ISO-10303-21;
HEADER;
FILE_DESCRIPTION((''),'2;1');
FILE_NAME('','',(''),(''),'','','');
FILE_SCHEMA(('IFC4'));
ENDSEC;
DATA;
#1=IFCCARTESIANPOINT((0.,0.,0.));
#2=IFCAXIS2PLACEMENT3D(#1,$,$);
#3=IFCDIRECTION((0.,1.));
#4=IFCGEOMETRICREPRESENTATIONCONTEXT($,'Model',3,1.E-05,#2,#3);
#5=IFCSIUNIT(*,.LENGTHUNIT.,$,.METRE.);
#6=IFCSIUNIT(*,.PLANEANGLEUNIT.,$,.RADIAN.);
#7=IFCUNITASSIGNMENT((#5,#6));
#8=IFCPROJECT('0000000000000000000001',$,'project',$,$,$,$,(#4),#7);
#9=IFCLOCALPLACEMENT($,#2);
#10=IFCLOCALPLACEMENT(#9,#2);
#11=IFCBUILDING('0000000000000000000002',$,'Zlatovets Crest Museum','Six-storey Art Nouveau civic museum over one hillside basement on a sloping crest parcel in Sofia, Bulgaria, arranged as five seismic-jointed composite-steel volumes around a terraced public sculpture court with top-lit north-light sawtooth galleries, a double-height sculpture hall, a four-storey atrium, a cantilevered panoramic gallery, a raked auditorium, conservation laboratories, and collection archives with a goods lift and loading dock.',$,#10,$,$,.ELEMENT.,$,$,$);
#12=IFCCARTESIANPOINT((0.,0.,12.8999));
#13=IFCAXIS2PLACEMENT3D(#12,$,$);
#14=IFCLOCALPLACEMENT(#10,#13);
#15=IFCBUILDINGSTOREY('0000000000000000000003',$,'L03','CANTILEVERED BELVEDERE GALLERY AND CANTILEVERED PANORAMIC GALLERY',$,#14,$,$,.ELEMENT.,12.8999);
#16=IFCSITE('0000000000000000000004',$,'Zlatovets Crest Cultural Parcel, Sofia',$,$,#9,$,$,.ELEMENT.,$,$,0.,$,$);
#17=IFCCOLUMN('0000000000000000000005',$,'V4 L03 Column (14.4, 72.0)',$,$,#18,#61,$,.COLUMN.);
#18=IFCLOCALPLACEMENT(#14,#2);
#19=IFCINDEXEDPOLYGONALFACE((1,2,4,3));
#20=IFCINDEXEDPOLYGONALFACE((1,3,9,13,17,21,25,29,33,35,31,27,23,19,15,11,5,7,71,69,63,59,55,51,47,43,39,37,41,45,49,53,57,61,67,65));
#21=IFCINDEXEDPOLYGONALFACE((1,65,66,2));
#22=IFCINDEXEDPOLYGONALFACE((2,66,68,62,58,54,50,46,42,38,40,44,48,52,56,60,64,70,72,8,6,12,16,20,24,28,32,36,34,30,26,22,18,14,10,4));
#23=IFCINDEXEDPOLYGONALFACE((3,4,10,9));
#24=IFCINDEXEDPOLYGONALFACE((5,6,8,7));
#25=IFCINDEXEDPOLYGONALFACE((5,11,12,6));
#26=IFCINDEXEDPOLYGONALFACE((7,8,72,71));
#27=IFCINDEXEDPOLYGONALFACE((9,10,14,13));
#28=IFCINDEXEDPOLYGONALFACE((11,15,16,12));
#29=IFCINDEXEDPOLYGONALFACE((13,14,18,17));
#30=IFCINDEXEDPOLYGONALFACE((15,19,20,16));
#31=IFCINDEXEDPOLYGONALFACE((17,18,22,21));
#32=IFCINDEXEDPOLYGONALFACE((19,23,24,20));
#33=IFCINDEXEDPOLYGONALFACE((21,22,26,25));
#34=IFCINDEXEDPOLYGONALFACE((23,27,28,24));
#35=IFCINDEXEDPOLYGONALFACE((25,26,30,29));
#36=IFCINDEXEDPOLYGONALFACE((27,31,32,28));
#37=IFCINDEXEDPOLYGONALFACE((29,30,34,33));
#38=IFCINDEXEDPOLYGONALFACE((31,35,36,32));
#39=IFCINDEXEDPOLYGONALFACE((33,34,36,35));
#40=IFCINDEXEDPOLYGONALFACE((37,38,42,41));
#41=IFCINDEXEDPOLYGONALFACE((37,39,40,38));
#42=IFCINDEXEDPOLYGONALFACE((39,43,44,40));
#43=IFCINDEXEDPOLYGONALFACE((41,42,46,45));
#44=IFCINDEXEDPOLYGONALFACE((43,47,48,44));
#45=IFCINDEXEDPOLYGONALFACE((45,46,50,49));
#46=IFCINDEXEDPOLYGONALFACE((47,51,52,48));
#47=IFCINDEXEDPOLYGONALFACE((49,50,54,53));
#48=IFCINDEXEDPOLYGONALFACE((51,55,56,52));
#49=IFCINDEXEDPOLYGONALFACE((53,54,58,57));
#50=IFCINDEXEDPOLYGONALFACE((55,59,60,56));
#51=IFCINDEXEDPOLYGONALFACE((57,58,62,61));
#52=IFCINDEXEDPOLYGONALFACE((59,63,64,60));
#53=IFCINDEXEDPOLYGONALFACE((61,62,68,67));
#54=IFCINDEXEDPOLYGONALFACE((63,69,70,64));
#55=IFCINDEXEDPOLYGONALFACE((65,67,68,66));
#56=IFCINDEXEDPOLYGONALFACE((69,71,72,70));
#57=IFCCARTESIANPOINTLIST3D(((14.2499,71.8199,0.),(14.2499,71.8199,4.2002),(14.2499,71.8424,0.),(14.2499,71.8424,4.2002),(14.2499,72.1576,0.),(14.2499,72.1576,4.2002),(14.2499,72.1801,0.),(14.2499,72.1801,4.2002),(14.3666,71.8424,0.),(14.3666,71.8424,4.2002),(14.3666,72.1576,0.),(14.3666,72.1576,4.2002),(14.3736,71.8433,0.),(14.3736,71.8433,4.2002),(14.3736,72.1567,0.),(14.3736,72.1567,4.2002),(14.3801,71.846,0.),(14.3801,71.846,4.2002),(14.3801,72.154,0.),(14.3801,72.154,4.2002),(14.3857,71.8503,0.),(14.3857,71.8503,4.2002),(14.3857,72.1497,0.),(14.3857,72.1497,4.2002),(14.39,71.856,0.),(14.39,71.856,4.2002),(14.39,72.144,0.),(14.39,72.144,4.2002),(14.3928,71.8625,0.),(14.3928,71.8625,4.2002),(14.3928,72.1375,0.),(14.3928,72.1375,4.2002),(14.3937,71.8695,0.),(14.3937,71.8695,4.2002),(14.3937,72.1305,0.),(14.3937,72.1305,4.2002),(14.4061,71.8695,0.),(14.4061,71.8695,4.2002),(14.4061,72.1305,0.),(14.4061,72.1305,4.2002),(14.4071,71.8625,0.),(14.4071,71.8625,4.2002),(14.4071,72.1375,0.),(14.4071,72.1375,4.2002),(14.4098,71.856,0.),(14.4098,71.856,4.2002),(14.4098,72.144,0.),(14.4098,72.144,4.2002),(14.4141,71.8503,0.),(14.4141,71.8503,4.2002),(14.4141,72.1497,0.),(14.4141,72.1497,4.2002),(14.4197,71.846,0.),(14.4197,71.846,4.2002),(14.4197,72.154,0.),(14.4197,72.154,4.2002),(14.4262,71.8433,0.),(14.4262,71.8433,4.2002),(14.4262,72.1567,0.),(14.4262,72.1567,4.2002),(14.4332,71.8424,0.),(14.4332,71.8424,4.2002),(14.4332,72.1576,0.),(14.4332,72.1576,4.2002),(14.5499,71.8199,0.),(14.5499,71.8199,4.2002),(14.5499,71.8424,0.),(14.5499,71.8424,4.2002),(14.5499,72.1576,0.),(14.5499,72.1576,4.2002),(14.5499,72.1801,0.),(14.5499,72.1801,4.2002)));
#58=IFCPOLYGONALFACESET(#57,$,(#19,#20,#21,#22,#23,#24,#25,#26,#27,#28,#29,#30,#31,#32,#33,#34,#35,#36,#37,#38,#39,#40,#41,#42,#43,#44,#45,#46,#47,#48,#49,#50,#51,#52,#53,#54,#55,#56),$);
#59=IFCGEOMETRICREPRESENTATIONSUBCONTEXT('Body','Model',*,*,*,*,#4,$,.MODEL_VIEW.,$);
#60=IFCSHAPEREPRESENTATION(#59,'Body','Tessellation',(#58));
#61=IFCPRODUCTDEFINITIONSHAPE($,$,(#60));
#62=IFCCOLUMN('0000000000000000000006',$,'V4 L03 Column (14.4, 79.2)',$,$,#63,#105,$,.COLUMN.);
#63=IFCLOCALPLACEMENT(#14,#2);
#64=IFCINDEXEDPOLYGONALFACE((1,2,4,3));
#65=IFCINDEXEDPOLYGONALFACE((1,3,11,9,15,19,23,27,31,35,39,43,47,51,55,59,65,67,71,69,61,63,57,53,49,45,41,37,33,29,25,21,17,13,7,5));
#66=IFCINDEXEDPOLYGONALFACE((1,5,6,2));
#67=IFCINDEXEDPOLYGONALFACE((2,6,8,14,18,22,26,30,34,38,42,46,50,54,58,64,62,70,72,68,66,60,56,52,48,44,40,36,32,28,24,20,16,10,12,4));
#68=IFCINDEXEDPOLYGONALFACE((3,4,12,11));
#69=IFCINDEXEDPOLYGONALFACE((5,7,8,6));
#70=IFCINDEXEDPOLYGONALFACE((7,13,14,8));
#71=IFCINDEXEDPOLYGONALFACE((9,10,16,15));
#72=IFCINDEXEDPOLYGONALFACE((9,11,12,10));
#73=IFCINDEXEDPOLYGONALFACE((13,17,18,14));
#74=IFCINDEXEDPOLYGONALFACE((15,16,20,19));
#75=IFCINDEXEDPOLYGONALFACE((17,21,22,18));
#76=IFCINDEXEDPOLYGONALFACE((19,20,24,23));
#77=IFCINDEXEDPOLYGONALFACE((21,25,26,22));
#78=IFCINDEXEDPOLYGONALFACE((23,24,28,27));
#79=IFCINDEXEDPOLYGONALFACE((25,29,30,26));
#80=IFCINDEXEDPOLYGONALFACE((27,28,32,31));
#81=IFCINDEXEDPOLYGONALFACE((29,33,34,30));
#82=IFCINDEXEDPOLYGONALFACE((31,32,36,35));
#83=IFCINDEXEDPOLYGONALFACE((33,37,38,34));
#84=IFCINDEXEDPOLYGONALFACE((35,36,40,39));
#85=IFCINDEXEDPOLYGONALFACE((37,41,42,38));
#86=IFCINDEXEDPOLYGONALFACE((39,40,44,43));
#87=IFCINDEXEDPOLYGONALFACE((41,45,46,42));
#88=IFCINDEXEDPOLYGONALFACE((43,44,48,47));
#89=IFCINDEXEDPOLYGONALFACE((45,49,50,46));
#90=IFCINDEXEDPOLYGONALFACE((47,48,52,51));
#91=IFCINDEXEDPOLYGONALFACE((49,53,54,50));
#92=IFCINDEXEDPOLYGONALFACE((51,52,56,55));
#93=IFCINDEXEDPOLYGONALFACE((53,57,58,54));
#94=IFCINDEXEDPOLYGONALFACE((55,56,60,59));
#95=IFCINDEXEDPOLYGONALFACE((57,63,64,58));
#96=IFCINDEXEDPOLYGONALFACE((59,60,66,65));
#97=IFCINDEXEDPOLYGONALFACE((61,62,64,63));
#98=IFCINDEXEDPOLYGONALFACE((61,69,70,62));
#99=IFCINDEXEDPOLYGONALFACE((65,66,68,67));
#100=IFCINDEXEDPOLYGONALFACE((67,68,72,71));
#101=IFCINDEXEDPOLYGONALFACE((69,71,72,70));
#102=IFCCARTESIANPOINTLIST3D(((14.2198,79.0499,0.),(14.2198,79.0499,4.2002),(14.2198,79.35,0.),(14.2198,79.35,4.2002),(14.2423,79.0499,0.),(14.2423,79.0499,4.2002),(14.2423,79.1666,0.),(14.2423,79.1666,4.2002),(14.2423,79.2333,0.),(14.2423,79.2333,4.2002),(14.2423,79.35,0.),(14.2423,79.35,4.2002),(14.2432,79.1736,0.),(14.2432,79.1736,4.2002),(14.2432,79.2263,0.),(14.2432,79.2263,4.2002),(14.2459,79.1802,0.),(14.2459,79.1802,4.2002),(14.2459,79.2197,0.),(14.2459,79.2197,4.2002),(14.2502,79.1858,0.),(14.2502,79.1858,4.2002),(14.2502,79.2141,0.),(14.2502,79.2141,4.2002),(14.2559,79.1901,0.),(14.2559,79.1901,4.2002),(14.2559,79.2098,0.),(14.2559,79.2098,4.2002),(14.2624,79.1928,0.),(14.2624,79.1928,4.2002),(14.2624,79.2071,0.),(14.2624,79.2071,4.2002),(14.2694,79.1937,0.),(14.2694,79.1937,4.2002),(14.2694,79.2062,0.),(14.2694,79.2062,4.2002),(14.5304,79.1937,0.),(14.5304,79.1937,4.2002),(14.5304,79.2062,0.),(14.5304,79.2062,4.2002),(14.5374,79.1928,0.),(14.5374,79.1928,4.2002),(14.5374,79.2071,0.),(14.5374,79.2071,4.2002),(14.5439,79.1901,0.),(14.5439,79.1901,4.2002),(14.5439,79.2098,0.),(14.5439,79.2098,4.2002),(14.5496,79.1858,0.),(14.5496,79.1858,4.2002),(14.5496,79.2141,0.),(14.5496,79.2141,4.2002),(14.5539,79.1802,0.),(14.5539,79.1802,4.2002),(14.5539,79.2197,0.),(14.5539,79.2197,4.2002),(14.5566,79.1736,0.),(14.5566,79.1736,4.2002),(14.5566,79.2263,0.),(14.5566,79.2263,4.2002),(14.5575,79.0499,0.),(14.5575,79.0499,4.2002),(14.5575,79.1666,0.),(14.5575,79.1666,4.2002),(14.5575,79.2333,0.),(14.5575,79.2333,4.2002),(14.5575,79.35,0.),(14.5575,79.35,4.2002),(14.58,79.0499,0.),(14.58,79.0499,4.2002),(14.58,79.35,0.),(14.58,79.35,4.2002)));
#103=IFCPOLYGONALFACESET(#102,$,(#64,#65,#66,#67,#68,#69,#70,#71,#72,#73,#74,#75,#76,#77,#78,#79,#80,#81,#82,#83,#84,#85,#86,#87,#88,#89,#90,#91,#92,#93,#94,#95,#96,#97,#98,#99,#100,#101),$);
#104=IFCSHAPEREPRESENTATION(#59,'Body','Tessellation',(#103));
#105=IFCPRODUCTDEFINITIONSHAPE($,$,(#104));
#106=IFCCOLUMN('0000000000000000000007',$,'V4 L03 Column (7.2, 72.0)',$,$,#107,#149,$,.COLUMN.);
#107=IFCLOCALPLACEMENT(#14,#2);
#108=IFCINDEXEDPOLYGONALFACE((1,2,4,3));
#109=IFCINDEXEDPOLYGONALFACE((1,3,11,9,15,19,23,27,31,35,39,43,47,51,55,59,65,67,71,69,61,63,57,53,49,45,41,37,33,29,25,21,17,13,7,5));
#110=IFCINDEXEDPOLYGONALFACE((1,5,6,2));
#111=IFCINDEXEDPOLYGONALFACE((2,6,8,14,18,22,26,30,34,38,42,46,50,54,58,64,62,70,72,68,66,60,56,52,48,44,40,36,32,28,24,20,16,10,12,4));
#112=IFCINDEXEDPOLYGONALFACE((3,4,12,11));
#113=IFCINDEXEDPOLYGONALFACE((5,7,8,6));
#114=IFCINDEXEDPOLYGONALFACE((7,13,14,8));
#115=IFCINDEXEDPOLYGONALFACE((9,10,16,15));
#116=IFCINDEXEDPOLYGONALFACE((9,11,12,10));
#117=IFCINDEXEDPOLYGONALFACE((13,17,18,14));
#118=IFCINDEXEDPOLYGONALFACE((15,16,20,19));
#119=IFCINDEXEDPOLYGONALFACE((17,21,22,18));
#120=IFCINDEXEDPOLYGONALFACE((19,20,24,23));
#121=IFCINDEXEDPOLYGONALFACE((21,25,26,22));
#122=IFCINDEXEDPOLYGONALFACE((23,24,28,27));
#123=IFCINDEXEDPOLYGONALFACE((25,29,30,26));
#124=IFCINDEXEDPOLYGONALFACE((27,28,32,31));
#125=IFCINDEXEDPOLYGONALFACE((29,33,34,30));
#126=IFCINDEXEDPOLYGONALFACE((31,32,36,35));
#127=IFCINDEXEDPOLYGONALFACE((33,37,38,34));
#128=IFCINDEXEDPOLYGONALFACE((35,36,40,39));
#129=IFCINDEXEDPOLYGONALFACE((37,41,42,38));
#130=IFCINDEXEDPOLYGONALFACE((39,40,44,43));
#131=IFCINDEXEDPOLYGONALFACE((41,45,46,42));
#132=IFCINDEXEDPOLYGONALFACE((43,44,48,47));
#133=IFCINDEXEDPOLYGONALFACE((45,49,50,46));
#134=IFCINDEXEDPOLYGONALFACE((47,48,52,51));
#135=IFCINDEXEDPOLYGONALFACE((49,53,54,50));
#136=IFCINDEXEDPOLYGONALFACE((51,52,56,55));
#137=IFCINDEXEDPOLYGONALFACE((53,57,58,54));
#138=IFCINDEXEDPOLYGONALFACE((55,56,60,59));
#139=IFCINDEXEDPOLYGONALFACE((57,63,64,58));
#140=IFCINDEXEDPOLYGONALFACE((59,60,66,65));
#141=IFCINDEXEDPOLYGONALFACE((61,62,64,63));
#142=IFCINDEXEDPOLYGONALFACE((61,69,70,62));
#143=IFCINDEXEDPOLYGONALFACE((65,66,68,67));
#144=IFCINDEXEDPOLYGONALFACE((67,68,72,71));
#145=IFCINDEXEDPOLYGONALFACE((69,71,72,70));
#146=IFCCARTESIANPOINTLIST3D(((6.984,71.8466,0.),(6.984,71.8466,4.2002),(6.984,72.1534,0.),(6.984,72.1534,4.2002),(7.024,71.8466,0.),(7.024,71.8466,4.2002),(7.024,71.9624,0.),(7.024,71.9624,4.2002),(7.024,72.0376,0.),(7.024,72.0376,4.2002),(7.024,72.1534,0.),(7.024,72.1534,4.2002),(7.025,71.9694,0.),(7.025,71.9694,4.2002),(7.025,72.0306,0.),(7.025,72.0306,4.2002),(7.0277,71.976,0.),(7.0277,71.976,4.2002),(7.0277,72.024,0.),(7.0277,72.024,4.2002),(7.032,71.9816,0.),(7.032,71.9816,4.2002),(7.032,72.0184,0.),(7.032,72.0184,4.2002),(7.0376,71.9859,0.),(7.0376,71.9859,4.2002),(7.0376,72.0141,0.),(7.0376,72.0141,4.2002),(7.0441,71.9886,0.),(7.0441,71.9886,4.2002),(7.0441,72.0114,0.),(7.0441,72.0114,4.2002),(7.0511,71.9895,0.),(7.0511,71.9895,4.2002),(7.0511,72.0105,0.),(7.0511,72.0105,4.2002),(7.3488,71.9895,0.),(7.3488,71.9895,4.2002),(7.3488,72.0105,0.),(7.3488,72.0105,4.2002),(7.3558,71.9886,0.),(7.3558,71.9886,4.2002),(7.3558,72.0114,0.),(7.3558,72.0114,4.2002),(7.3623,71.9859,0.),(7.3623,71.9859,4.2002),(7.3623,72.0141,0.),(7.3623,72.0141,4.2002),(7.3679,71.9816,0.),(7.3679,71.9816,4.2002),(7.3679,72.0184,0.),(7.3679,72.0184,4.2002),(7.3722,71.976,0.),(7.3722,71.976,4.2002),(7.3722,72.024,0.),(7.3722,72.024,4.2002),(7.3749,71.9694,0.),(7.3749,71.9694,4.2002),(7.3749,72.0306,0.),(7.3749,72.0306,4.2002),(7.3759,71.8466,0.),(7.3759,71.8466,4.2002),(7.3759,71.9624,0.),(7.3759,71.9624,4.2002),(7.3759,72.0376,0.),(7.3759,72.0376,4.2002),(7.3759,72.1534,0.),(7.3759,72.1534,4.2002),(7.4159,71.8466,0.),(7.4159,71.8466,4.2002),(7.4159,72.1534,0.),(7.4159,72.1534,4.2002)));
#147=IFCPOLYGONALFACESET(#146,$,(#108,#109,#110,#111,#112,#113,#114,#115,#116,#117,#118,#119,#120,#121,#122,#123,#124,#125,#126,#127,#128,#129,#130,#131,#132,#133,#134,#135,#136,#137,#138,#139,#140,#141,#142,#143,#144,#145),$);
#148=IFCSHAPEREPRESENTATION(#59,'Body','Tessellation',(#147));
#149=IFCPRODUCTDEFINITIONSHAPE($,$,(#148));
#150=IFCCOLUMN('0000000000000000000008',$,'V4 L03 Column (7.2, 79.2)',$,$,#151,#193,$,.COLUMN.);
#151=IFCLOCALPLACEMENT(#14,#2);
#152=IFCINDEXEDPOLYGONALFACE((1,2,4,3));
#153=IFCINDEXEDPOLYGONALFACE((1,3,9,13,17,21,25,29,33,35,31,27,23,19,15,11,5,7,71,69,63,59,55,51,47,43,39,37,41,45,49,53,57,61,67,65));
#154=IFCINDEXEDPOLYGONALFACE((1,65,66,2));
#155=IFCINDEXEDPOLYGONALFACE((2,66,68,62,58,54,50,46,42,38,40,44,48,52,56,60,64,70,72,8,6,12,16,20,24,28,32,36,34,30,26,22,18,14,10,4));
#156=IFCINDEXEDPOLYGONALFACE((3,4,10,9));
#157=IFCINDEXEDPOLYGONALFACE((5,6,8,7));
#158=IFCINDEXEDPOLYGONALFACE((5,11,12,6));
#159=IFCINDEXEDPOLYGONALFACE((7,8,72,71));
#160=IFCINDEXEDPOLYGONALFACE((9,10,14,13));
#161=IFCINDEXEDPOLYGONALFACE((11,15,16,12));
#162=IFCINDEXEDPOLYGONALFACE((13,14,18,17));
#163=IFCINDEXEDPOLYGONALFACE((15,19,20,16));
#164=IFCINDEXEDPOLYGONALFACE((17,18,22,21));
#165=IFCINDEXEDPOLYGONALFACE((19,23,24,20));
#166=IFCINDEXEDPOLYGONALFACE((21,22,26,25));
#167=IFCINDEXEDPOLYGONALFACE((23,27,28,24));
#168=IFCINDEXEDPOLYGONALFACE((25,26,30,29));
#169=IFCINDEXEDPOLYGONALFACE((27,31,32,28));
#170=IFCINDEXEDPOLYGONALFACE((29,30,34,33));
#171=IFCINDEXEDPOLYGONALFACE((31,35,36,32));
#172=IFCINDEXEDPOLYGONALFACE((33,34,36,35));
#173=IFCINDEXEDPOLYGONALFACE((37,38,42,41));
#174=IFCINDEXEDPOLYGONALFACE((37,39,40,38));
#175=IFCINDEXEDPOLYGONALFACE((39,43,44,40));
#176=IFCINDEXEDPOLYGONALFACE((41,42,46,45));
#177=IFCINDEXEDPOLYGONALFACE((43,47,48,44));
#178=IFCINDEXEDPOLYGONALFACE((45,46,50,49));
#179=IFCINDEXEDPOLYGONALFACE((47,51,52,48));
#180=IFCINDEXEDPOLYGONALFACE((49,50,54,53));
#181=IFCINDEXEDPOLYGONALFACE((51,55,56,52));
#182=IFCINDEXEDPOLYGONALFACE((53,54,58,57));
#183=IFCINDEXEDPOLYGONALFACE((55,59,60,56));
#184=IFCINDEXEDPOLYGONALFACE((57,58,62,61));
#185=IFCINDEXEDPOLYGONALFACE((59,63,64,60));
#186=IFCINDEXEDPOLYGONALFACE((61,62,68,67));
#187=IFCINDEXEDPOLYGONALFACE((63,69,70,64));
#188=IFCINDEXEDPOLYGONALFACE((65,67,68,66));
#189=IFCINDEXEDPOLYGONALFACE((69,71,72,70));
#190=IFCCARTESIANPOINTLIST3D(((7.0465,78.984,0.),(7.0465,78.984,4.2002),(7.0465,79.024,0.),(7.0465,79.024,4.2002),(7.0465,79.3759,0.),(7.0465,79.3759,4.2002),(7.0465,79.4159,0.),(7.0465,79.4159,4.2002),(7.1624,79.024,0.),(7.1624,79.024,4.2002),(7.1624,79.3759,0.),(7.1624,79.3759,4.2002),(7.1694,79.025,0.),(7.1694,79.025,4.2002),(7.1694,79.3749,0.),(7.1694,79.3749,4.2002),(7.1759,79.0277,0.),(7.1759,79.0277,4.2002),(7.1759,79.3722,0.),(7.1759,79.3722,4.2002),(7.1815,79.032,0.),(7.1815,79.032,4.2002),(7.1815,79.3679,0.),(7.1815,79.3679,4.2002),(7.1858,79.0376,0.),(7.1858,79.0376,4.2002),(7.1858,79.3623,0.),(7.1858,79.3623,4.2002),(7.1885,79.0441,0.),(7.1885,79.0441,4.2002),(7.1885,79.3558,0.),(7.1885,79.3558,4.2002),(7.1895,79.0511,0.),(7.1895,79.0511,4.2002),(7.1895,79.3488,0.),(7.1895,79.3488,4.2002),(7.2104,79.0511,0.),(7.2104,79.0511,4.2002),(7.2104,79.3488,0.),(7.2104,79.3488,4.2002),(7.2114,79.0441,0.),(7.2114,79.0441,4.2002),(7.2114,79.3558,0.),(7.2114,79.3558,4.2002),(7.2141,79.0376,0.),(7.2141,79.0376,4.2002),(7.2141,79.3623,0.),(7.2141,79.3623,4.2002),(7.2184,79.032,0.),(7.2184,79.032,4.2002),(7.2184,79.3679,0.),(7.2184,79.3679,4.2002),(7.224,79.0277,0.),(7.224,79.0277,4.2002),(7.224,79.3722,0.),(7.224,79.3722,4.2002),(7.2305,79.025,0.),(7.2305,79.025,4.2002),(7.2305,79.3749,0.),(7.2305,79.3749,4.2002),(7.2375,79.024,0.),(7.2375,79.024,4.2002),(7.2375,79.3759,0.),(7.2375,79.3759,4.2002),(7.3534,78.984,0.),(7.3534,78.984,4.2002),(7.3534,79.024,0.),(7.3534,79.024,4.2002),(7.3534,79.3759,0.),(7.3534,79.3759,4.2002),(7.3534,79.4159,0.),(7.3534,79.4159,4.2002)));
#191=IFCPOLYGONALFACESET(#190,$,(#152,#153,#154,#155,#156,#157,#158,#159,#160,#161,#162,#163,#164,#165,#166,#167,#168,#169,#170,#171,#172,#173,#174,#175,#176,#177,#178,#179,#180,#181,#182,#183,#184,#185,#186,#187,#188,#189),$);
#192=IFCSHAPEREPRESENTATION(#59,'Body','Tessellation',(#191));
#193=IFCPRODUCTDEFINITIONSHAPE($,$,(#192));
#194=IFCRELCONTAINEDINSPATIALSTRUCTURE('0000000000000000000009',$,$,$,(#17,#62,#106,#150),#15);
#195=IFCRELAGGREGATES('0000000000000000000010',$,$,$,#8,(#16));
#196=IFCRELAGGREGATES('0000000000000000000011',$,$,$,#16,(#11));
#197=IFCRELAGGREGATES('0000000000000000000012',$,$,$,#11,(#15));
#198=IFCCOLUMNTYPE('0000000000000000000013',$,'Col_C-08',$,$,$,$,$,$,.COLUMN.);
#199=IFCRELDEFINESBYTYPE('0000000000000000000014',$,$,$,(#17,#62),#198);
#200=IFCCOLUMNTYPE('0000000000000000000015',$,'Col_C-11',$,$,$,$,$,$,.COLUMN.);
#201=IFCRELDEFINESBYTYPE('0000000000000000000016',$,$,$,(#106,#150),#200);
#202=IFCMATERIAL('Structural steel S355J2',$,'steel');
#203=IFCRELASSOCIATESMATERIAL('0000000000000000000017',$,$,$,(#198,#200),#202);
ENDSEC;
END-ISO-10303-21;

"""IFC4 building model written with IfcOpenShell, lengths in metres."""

from ifc_helpers import new_model, si_unit, direction, frame, origin, origin_2d, place, context, subcontext, project, spatial, i_section, extrude, material, material_profile, profile_set, type_object, element, save


model = new_model("IFC4")

# Units and contexts
model_context = context("Model", 3, precision=1e-05, world=origin(), true_north=direction((0.0, 1.0)))
body_context = subcontext(model_context, "Body", "Model", "MODEL_VIEW")
ifc_project = project(units=[si_unit("LENGTHUNIT", "METRE"), si_unit("PLANEANGLEUNIT", "RADIAN")], contexts=[model_context])

# Site, building, storey
site_placement = place(None, origin())
site = spatial("IfcSite", under=ifc_project, at=site_placement, Name="Zlatovets Crest Cultural Parcel, Sofia", CompositionType="ELEMENT", RefElevation=0.0)
building_placement = place(site_placement, origin())
building = spatial("IfcBuilding", under=site, at=building_placement, Name="Zlatovets Crest Museum", Description="Six-storey Art Nouveau civic museum over one hillside basement on a sloping crest parcel in Sofia, Bulgaria, arranged as five seismic-jointed composite-steel volumes around a terraced public sculpture court with top-lit north-light sawtooth galleries, a double-height sculpture hall, a four-storey atrium, a cantilevered panoramic gallery, a raked auditorium, conservation laboratories, and collection archives with a goods lift and loading dock.", CompositionType="ELEMENT")
storey_placement = place(building_placement, frame((0.0, 0.0, 12.8999)))
storey = spatial("IfcBuildingStorey", under=building, at=storey_placement, Name="L03", Description="CANTILEVERED BELVEDERE GALLERY AND CANTILEVERED PANORAMIC GALLERY", CompositionType="ELEMENT", Elevation=12.8999)

# Columns
ifc_material = material(Name="Structural steel S355J2", Category="steel")
ifc_material_profile_1 = material_profile(ifc_material, i_section(OverallWidth=0.3, OverallDepth=0.3601, WebThickness=0.0125, FlangeThickness=0.0225, FilletRadius=0.0271, at=origin_2d()), Name="HEB 360")
ifc_profile_set_1 = profile_set([ifc_material_profile_1], Name="Structural steel S355J2")
column_type_1 = type_object("IfcColumnType", Name="Col_C-08", PredefinedType="COLUMN", material=ifc_profile_set_1)
for number, where, z_axis, x_axis, name in (
    (1, (14.3999, 72.0, 0.0), (0.0, 0.0, 1.0), (1.0, 0.0, 0.0), "V4 L03 Column (14.4, 72.0)"),
    (2, (14.3999, 79.2, 0.0), (0.0, 0.0, 1.0), (0.0, 1.0, 0.0), "V4 L03 Column (14.4, 79.2)"),
):
    element("IfcColumn", number, at=place(storey_placement, frame(where, z_axis=z_axis, x_axis=x_axis)), inside=storey, type_object=column_type_1, Name=name, PredefinedType="COLUMN", context=body_context, shape_type="SweptSolid", body=[
        extrude(i_section(OverallWidth=0.3, OverallDepth=0.3601, WebThickness=0.0125, FlangeThickness=0.0225, FilletRadius=0.0271, at=origin_2d()), origin(), (0.0, 0.0, 1.0), 4.2002),
    ])
ifc_material_profile_2 = material_profile(ifc_material, i_section(OverallWidth=0.3069, OverallDepth=0.4319, WebThickness=0.021, FlangeThickness=0.04, FilletRadius=0.0271, at=origin_2d()), Name="HEM 400")
ifc_profile_set_2 = profile_set([ifc_material_profile_2], Name="Structural steel S355J2")
column_type_2 = type_object("IfcColumnType", Name="Col_C-11", PredefinedType="COLUMN", material=ifc_profile_set_2)
for number, where, z_axis, x_axis, name in (
    (3, (7.2, 72.0, 0.0), (0.0, 0.0, 1.0), (0.0, 1.0, 0.0), "V4 L03 Column (7.2, 72.0)"),
    (4, (7.2, 79.2, 0.0), (0.0, 0.0, 1.0), (1.0, 0.0, 0.0), "V4 L03 Column (7.2, 79.2)"),
):
    element("IfcColumn", number, at=place(storey_placement, frame(where, z_axis=z_axis, x_axis=x_axis)), inside=storey, type_object=column_type_2, Name=name, PredefinedType="COLUMN", context=body_context, shape_type="SweptSolid", body=[
        extrude(i_section(OverallWidth=0.3069, OverallDepth=0.4319, WebThickness=0.021, FlangeThickness=0.04, FilletRadius=0.0271, at=origin_2d()), origin(), (0.0, 0.0, 1.0), 4.2002),
    ])

save(model, "model.ifc")
